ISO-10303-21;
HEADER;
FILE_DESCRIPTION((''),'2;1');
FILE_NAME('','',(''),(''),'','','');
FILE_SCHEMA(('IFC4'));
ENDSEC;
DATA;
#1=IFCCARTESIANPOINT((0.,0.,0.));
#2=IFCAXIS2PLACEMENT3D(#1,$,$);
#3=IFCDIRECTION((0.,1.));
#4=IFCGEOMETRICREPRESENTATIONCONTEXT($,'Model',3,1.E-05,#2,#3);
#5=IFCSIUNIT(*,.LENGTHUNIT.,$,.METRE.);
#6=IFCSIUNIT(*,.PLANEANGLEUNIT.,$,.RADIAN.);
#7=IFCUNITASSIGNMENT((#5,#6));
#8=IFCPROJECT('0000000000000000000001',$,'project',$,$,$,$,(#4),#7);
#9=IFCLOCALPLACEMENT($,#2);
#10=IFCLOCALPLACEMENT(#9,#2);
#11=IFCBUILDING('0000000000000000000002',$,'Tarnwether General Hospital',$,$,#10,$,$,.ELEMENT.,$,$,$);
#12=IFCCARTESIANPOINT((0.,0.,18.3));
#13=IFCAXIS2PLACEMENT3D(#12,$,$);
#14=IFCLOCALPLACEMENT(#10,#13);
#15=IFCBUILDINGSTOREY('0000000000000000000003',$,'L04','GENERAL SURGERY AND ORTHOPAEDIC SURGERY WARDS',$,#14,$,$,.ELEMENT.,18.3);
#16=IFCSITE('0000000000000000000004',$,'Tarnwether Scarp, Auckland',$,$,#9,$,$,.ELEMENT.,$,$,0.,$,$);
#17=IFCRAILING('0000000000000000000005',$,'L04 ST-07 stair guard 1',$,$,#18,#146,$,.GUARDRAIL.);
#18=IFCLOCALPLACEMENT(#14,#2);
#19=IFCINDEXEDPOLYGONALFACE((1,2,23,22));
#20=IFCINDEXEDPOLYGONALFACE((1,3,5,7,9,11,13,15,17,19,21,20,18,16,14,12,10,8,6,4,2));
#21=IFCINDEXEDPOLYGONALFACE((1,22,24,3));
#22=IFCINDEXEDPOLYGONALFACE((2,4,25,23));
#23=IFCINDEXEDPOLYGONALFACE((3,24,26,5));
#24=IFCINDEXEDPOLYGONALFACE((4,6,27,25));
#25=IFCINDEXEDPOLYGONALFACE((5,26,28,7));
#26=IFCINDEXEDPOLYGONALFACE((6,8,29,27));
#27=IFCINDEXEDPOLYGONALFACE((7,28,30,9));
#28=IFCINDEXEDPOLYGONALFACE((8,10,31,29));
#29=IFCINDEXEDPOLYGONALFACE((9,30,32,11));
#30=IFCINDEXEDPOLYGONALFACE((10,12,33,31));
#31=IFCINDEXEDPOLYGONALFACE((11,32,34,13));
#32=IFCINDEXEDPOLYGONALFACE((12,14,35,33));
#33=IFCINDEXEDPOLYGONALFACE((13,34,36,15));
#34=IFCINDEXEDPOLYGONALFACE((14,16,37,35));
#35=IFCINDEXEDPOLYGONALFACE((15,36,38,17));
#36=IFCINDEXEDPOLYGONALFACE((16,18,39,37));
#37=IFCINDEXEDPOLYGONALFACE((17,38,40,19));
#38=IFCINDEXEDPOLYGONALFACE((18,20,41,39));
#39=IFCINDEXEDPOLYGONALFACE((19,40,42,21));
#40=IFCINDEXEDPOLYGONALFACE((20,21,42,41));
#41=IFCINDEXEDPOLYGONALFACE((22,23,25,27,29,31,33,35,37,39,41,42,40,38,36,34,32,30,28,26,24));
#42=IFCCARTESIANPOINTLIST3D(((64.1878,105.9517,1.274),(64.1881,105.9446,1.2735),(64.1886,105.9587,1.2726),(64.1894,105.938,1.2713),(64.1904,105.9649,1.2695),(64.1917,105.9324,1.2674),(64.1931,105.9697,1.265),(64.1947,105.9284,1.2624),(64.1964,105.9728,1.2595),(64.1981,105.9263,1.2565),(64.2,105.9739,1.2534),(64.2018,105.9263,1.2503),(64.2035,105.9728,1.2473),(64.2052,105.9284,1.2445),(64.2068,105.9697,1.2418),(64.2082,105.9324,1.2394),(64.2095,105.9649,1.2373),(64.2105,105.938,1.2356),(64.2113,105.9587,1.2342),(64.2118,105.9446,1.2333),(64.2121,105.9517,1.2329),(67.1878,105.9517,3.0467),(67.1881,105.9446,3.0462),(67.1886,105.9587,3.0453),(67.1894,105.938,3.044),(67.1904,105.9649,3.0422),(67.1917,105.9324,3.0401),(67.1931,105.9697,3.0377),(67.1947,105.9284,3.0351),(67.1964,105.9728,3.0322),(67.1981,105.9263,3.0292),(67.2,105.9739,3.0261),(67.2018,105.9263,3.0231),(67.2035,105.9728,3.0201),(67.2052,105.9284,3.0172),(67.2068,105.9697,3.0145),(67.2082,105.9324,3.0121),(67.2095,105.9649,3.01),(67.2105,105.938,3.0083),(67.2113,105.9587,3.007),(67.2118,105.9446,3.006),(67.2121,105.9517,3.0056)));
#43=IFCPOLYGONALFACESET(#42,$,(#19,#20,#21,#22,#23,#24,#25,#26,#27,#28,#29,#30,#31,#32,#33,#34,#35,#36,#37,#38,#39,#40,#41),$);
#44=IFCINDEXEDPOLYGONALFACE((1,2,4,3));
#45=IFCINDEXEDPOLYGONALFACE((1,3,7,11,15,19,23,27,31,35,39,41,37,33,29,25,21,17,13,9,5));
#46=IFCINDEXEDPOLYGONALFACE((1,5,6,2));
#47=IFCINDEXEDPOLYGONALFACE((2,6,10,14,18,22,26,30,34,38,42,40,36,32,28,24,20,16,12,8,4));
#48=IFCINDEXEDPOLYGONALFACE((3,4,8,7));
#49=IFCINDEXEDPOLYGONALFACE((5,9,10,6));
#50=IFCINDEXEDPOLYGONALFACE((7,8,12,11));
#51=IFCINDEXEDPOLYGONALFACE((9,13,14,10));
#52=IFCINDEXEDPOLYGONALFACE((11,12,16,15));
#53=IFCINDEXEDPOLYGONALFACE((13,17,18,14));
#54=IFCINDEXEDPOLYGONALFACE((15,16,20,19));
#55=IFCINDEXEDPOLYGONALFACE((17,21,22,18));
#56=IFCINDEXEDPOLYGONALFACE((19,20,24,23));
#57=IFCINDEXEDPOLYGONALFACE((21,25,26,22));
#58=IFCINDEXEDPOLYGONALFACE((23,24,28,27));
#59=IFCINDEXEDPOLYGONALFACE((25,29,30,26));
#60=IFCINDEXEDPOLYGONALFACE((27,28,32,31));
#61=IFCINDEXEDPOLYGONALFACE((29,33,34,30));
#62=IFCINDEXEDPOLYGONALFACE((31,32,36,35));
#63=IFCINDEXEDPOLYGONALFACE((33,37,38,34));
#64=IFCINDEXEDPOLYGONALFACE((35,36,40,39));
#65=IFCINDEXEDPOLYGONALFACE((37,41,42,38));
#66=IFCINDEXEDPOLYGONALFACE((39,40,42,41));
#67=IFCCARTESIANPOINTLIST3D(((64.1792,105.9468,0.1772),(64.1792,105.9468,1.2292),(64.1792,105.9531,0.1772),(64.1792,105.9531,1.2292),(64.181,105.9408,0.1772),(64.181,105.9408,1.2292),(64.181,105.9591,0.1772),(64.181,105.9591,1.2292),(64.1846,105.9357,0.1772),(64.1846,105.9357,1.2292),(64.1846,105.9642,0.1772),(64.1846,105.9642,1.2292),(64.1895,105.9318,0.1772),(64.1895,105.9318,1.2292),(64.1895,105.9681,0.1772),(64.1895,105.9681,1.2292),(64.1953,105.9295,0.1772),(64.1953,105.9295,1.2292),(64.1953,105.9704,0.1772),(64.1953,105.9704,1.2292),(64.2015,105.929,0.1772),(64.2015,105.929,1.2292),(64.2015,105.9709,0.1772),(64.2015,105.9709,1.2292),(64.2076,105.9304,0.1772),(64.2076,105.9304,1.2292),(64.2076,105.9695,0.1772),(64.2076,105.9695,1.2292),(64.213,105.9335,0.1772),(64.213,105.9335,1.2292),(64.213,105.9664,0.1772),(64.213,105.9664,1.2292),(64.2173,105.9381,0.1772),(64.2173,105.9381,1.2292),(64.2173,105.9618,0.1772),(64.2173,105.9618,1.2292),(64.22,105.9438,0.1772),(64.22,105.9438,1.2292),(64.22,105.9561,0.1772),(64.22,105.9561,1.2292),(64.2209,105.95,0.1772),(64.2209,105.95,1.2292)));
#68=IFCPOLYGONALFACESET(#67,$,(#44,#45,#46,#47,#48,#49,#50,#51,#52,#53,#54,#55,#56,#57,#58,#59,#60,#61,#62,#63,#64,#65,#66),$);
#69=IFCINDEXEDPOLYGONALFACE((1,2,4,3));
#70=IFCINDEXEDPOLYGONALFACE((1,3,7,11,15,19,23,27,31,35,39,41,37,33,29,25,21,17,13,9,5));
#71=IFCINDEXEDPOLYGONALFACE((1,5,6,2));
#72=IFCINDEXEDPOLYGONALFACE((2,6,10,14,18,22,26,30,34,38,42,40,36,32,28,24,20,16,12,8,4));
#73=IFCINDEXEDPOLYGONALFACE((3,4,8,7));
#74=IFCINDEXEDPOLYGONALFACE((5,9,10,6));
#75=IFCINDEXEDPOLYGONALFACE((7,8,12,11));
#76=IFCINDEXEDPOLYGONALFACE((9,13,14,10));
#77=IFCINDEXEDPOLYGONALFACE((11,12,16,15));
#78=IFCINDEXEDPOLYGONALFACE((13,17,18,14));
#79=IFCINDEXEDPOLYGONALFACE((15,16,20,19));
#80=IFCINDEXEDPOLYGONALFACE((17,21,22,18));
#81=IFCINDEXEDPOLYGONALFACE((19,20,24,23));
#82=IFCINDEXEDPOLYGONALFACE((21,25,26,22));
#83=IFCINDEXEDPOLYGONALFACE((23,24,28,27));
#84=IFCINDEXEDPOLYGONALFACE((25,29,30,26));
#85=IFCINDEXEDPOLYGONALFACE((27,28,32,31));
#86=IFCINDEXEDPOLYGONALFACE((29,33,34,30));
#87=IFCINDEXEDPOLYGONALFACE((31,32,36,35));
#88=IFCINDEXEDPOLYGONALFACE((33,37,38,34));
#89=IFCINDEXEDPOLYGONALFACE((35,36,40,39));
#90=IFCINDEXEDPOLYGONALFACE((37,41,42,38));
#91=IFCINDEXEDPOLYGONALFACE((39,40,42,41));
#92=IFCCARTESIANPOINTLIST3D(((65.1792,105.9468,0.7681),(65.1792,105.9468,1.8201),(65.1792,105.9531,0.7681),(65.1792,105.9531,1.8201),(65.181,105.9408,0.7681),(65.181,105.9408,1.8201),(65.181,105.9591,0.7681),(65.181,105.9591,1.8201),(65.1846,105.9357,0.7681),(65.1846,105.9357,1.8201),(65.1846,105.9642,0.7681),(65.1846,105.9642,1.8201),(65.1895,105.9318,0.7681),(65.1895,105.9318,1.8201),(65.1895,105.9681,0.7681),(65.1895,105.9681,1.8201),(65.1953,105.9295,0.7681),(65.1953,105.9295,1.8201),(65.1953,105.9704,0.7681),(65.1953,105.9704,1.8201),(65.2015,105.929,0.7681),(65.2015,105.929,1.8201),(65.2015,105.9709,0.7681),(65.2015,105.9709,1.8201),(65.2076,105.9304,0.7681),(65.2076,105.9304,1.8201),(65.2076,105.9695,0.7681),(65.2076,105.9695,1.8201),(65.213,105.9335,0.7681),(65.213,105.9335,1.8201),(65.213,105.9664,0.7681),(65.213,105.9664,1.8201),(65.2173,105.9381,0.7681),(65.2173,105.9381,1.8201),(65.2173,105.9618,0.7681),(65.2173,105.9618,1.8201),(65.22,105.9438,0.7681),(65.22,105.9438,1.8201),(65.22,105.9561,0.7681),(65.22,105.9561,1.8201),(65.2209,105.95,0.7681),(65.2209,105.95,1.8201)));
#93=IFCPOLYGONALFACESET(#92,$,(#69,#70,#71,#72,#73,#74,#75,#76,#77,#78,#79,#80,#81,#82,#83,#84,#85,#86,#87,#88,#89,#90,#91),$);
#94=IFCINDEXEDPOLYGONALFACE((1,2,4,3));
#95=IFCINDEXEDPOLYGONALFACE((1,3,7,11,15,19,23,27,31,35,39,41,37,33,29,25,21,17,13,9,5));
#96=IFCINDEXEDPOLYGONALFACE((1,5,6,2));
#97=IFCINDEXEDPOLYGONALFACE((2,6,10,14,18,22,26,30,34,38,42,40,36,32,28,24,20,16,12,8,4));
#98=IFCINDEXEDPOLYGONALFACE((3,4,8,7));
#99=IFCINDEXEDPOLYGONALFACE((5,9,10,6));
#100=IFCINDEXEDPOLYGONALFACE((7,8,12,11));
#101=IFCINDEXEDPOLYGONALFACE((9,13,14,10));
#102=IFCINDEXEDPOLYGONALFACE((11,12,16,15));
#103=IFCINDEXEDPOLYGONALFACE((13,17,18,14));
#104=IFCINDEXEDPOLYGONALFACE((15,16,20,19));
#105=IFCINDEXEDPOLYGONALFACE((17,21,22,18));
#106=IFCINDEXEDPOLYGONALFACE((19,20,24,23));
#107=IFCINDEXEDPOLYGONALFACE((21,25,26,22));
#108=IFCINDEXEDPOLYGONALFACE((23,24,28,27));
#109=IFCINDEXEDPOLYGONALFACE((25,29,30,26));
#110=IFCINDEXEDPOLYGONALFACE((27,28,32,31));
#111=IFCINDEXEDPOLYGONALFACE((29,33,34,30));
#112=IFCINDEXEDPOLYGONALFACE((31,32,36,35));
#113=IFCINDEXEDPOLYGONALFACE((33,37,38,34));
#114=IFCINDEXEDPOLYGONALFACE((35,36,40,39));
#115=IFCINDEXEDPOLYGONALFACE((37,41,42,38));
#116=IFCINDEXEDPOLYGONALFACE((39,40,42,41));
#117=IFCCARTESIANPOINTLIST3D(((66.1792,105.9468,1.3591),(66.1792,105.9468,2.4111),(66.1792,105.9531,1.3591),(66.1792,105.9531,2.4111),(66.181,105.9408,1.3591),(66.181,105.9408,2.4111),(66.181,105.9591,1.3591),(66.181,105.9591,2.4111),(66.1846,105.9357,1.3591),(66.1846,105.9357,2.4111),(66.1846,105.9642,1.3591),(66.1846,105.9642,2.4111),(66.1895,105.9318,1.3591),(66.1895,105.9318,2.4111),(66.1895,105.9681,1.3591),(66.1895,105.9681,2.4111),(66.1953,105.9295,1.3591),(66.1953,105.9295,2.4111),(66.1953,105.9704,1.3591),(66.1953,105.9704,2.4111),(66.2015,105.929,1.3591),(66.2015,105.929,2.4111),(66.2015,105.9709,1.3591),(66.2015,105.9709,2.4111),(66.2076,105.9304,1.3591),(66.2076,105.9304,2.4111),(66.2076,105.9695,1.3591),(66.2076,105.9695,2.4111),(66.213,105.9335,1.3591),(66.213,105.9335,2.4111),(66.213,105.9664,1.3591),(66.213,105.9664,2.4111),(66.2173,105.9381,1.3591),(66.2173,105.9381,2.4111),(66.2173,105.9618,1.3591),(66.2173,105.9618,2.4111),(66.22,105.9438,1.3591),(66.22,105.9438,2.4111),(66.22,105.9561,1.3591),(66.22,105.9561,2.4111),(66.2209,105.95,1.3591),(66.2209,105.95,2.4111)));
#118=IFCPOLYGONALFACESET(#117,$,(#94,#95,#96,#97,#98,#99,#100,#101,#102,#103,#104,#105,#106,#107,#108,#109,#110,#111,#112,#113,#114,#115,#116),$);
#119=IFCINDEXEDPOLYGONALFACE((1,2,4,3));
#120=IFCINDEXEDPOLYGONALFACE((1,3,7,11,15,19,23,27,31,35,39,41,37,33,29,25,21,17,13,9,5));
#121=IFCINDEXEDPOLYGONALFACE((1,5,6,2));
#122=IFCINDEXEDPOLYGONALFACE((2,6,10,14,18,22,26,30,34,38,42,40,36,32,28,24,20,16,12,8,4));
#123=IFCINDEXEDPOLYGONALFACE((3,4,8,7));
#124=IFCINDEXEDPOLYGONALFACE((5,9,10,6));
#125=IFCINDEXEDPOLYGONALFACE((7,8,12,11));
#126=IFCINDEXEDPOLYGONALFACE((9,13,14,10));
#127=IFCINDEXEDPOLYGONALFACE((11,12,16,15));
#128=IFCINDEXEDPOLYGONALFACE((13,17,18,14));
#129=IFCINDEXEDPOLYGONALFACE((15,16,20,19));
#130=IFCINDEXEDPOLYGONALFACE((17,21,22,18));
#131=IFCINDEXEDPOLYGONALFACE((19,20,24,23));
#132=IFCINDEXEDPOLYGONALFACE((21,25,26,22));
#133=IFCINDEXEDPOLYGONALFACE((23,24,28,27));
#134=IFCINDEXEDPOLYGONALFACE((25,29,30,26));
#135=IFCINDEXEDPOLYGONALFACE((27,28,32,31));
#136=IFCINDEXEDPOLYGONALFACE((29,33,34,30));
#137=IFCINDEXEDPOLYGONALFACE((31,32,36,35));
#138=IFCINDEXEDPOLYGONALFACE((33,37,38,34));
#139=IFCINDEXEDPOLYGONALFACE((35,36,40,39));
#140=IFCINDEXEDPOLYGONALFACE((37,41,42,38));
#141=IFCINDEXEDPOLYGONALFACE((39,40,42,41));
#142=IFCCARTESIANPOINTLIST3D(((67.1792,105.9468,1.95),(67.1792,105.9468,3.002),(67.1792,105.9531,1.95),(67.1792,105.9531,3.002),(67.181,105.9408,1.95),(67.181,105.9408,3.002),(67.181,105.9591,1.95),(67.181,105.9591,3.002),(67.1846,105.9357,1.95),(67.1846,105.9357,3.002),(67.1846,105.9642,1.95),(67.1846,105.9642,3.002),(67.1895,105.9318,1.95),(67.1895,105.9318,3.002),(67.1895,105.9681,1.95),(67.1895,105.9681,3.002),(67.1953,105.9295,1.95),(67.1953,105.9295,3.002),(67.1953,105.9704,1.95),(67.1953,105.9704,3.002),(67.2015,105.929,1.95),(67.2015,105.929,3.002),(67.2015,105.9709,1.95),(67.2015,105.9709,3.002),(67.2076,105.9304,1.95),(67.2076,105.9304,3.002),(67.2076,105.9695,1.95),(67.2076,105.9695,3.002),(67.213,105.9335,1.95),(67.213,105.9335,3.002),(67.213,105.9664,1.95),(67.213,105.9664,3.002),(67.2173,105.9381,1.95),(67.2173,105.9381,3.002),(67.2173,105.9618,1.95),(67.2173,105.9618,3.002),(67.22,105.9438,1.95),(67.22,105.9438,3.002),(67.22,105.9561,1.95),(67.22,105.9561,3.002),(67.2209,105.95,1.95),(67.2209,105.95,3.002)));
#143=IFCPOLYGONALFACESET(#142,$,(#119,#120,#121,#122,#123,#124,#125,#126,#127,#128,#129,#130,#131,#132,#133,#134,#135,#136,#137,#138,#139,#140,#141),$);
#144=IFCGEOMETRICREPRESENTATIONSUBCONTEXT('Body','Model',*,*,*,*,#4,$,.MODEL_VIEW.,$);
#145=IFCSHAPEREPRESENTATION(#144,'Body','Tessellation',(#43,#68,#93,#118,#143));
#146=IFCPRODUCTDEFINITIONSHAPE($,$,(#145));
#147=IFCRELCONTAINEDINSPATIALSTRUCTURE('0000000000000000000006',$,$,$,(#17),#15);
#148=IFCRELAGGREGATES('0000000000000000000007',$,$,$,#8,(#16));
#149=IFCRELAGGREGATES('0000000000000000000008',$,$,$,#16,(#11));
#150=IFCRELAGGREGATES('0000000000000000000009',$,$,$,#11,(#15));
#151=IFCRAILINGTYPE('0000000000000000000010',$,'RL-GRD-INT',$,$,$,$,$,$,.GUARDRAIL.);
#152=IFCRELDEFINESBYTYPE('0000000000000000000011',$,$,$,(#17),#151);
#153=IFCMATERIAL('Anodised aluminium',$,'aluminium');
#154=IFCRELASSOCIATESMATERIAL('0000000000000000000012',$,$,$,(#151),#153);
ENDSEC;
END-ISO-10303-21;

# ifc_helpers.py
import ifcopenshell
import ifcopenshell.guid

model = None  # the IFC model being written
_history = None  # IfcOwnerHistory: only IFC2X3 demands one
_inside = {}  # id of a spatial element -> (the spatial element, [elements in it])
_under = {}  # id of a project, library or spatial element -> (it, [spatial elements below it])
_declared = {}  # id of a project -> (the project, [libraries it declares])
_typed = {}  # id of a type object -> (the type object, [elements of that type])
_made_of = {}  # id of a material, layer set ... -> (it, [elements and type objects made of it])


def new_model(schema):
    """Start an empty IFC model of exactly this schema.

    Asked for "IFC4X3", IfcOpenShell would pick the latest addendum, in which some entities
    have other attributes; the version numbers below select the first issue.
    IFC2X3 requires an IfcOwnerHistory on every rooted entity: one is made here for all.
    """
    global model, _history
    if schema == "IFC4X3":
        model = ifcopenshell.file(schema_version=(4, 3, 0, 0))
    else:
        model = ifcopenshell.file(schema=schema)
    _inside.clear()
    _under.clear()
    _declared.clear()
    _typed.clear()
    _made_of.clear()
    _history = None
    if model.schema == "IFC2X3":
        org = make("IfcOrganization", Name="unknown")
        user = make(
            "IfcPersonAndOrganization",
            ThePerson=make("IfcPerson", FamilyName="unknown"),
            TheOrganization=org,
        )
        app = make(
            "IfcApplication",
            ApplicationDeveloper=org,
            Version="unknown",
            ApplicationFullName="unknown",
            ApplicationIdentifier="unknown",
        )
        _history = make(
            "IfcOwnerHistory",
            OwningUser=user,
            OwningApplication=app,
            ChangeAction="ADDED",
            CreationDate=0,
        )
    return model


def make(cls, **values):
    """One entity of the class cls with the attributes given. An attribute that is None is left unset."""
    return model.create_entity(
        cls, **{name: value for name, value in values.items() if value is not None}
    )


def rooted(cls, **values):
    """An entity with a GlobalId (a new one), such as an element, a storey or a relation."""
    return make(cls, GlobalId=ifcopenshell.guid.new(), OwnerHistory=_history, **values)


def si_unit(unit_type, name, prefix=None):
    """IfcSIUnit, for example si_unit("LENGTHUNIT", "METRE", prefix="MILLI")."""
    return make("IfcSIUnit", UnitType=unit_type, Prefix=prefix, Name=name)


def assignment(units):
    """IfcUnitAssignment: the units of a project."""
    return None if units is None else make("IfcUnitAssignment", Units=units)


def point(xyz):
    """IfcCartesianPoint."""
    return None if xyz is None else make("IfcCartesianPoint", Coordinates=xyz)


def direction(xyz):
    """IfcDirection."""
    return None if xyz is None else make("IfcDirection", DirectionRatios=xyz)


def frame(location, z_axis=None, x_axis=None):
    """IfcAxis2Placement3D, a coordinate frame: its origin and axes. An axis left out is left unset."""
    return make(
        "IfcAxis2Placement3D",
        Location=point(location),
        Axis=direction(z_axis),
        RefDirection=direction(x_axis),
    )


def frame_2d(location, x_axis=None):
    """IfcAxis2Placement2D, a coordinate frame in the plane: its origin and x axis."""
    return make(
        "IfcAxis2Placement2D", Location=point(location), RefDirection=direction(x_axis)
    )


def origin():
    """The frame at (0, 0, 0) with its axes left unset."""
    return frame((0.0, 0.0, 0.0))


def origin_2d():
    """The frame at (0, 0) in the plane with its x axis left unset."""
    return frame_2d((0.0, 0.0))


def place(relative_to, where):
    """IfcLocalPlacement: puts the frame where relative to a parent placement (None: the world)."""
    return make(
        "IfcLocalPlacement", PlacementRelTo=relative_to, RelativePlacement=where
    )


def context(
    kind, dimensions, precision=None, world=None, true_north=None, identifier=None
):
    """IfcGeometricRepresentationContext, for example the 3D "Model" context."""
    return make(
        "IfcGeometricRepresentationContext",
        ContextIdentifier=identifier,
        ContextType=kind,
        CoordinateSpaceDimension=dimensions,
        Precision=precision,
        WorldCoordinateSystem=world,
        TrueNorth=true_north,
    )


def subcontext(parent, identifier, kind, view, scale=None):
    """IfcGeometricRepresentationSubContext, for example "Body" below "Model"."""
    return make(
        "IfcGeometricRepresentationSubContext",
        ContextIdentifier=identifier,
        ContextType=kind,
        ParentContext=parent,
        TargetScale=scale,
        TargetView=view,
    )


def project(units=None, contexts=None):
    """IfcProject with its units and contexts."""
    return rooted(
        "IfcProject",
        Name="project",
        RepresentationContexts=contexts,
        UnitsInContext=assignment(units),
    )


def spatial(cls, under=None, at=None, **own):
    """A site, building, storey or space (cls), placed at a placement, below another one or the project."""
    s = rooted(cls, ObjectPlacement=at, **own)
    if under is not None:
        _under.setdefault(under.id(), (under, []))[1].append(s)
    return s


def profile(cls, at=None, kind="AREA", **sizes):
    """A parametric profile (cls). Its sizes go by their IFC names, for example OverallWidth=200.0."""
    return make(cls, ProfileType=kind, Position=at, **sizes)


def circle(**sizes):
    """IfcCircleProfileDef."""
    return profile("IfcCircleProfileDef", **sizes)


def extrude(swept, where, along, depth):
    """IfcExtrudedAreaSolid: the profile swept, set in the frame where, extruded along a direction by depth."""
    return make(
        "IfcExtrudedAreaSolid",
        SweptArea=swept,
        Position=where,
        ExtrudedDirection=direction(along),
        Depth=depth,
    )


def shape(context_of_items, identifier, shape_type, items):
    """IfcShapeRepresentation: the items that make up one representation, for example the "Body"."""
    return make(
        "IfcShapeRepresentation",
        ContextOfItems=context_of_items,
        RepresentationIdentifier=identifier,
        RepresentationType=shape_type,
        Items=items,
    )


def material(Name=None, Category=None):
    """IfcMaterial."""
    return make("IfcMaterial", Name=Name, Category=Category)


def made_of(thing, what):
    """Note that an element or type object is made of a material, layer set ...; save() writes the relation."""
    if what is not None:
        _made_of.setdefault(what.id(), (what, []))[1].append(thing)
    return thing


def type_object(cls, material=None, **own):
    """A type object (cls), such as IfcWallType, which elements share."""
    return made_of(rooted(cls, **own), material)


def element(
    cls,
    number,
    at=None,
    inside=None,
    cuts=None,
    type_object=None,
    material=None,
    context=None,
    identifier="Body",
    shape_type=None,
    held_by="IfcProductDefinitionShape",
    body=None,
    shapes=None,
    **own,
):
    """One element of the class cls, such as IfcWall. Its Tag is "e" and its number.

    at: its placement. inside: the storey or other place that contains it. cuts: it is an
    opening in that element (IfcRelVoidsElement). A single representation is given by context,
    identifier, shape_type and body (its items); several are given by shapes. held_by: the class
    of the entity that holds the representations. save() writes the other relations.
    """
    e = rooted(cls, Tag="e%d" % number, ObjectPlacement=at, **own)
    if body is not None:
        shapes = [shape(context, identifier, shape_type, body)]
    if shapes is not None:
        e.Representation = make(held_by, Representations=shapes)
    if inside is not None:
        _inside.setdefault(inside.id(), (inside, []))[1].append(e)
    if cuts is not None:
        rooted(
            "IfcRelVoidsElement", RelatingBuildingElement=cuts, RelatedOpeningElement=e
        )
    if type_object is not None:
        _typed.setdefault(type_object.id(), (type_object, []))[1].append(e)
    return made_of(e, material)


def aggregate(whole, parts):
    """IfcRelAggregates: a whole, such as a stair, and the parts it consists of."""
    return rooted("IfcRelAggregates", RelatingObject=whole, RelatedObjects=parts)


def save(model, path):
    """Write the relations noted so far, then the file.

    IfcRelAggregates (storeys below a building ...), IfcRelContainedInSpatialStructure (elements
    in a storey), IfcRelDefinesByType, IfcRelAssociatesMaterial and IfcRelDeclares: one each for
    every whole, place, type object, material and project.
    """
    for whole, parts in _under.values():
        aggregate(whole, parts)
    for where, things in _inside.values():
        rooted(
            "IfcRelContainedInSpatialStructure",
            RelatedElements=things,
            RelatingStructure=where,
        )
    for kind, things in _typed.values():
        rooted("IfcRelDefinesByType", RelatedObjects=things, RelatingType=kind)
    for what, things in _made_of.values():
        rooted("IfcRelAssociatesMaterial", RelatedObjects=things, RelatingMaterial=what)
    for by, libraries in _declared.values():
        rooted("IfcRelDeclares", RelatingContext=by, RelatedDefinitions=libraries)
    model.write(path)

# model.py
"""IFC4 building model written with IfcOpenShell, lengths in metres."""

from ifc_helpers import new_model, si_unit, direction, frame, origin, origin_2d, place, context, subcontext, project, spatial, circle, extrude, material, type_object, element, save


model = new_model("IFC4")

# Units and contexts
model_context = context("Model", 3, precision=1e-05, world=origin(), true_north=direction((0.0, 1.0)))
body_context = subcontext(model_context, "Body", "Model", "MODEL_VIEW")
ifc_project = project(units=[si_unit("LENGTHUNIT", "METRE"), si_unit("PLANEANGLEUNIT", "RADIAN")], contexts=[model_context])

# Site, building, storey
site_placement = place(None, origin())
site = spatial("IfcSite", under=ifc_project, at=site_placement, Name="Tarnwether Scarp, Auckland", CompositionType="ELEMENT", RefElevation=0.0)
building_placement = place(site_placement, origin())
building = spatial("IfcBuilding", under=site, at=building_placement, Name="Tarnwether General Hospital", CompositionType="ELEMENT")
storey_placement = place(building_placement, frame((0.0, 0.0, 18.3)))
storey = spatial("IfcBuildingStorey", under=building, at=storey_placement, Name="L04", Description="GENERAL SURGERY AND ORTHOPAEDIC SURGERY WARDS", CompositionType="ELEMENT", Elevation=18.3)

# Railing
ifc_material_1 = material(Name="Anodised aluminium", Category="aluminium")
railing_type_1 = type_object("IfcRailingType", Name="RL-GRD-INT", PredefinedType="GUARDRAIL", material=ifc_material_1)
railing_1_placement = place(storey_placement, frame((64.2, 105.95, 0.1772)))
element("IfcRailing", 1, at=railing_1_placement, inside=storey, type_object=railing_type_1, Name="L04 ST-07 stair guard 1", PredefinedType="GUARDRAIL", context=body_context, shape_type="SweptSolid", body=[
    extrude(circle(Radius=0.0239, at=origin_2d()), frame((0.0, 0.0, 1.0762), z_axis=(0.860929, 0.0, 0.508725), x_axis=(0.0, 1.0, 0.0)), (0.0, 0.0, 1.0), 3.4846),
    extrude(circle(Radius=0.021, at=origin_2d()), origin(), (0.0, 0.0, 1.0), 1.052),
    extrude(circle(Radius=0.021, at=origin_2d()), frame((1.0, 0.0, 0.5908)), (0.0, 0.0, 1.0), 1.052),
    extrude(circle(Radius=0.021, at=origin_2d()), frame((2.0, 0.0, 1.1819)), (0.0, 0.0, 1.0), 1.052),
    extrude(circle(Radius=0.021, at=origin_2d()), frame((3.0, 0.0, 1.7727)), (0.0, 0.0, 1.0), 1.052),
])

save(model, "model.ifc")
